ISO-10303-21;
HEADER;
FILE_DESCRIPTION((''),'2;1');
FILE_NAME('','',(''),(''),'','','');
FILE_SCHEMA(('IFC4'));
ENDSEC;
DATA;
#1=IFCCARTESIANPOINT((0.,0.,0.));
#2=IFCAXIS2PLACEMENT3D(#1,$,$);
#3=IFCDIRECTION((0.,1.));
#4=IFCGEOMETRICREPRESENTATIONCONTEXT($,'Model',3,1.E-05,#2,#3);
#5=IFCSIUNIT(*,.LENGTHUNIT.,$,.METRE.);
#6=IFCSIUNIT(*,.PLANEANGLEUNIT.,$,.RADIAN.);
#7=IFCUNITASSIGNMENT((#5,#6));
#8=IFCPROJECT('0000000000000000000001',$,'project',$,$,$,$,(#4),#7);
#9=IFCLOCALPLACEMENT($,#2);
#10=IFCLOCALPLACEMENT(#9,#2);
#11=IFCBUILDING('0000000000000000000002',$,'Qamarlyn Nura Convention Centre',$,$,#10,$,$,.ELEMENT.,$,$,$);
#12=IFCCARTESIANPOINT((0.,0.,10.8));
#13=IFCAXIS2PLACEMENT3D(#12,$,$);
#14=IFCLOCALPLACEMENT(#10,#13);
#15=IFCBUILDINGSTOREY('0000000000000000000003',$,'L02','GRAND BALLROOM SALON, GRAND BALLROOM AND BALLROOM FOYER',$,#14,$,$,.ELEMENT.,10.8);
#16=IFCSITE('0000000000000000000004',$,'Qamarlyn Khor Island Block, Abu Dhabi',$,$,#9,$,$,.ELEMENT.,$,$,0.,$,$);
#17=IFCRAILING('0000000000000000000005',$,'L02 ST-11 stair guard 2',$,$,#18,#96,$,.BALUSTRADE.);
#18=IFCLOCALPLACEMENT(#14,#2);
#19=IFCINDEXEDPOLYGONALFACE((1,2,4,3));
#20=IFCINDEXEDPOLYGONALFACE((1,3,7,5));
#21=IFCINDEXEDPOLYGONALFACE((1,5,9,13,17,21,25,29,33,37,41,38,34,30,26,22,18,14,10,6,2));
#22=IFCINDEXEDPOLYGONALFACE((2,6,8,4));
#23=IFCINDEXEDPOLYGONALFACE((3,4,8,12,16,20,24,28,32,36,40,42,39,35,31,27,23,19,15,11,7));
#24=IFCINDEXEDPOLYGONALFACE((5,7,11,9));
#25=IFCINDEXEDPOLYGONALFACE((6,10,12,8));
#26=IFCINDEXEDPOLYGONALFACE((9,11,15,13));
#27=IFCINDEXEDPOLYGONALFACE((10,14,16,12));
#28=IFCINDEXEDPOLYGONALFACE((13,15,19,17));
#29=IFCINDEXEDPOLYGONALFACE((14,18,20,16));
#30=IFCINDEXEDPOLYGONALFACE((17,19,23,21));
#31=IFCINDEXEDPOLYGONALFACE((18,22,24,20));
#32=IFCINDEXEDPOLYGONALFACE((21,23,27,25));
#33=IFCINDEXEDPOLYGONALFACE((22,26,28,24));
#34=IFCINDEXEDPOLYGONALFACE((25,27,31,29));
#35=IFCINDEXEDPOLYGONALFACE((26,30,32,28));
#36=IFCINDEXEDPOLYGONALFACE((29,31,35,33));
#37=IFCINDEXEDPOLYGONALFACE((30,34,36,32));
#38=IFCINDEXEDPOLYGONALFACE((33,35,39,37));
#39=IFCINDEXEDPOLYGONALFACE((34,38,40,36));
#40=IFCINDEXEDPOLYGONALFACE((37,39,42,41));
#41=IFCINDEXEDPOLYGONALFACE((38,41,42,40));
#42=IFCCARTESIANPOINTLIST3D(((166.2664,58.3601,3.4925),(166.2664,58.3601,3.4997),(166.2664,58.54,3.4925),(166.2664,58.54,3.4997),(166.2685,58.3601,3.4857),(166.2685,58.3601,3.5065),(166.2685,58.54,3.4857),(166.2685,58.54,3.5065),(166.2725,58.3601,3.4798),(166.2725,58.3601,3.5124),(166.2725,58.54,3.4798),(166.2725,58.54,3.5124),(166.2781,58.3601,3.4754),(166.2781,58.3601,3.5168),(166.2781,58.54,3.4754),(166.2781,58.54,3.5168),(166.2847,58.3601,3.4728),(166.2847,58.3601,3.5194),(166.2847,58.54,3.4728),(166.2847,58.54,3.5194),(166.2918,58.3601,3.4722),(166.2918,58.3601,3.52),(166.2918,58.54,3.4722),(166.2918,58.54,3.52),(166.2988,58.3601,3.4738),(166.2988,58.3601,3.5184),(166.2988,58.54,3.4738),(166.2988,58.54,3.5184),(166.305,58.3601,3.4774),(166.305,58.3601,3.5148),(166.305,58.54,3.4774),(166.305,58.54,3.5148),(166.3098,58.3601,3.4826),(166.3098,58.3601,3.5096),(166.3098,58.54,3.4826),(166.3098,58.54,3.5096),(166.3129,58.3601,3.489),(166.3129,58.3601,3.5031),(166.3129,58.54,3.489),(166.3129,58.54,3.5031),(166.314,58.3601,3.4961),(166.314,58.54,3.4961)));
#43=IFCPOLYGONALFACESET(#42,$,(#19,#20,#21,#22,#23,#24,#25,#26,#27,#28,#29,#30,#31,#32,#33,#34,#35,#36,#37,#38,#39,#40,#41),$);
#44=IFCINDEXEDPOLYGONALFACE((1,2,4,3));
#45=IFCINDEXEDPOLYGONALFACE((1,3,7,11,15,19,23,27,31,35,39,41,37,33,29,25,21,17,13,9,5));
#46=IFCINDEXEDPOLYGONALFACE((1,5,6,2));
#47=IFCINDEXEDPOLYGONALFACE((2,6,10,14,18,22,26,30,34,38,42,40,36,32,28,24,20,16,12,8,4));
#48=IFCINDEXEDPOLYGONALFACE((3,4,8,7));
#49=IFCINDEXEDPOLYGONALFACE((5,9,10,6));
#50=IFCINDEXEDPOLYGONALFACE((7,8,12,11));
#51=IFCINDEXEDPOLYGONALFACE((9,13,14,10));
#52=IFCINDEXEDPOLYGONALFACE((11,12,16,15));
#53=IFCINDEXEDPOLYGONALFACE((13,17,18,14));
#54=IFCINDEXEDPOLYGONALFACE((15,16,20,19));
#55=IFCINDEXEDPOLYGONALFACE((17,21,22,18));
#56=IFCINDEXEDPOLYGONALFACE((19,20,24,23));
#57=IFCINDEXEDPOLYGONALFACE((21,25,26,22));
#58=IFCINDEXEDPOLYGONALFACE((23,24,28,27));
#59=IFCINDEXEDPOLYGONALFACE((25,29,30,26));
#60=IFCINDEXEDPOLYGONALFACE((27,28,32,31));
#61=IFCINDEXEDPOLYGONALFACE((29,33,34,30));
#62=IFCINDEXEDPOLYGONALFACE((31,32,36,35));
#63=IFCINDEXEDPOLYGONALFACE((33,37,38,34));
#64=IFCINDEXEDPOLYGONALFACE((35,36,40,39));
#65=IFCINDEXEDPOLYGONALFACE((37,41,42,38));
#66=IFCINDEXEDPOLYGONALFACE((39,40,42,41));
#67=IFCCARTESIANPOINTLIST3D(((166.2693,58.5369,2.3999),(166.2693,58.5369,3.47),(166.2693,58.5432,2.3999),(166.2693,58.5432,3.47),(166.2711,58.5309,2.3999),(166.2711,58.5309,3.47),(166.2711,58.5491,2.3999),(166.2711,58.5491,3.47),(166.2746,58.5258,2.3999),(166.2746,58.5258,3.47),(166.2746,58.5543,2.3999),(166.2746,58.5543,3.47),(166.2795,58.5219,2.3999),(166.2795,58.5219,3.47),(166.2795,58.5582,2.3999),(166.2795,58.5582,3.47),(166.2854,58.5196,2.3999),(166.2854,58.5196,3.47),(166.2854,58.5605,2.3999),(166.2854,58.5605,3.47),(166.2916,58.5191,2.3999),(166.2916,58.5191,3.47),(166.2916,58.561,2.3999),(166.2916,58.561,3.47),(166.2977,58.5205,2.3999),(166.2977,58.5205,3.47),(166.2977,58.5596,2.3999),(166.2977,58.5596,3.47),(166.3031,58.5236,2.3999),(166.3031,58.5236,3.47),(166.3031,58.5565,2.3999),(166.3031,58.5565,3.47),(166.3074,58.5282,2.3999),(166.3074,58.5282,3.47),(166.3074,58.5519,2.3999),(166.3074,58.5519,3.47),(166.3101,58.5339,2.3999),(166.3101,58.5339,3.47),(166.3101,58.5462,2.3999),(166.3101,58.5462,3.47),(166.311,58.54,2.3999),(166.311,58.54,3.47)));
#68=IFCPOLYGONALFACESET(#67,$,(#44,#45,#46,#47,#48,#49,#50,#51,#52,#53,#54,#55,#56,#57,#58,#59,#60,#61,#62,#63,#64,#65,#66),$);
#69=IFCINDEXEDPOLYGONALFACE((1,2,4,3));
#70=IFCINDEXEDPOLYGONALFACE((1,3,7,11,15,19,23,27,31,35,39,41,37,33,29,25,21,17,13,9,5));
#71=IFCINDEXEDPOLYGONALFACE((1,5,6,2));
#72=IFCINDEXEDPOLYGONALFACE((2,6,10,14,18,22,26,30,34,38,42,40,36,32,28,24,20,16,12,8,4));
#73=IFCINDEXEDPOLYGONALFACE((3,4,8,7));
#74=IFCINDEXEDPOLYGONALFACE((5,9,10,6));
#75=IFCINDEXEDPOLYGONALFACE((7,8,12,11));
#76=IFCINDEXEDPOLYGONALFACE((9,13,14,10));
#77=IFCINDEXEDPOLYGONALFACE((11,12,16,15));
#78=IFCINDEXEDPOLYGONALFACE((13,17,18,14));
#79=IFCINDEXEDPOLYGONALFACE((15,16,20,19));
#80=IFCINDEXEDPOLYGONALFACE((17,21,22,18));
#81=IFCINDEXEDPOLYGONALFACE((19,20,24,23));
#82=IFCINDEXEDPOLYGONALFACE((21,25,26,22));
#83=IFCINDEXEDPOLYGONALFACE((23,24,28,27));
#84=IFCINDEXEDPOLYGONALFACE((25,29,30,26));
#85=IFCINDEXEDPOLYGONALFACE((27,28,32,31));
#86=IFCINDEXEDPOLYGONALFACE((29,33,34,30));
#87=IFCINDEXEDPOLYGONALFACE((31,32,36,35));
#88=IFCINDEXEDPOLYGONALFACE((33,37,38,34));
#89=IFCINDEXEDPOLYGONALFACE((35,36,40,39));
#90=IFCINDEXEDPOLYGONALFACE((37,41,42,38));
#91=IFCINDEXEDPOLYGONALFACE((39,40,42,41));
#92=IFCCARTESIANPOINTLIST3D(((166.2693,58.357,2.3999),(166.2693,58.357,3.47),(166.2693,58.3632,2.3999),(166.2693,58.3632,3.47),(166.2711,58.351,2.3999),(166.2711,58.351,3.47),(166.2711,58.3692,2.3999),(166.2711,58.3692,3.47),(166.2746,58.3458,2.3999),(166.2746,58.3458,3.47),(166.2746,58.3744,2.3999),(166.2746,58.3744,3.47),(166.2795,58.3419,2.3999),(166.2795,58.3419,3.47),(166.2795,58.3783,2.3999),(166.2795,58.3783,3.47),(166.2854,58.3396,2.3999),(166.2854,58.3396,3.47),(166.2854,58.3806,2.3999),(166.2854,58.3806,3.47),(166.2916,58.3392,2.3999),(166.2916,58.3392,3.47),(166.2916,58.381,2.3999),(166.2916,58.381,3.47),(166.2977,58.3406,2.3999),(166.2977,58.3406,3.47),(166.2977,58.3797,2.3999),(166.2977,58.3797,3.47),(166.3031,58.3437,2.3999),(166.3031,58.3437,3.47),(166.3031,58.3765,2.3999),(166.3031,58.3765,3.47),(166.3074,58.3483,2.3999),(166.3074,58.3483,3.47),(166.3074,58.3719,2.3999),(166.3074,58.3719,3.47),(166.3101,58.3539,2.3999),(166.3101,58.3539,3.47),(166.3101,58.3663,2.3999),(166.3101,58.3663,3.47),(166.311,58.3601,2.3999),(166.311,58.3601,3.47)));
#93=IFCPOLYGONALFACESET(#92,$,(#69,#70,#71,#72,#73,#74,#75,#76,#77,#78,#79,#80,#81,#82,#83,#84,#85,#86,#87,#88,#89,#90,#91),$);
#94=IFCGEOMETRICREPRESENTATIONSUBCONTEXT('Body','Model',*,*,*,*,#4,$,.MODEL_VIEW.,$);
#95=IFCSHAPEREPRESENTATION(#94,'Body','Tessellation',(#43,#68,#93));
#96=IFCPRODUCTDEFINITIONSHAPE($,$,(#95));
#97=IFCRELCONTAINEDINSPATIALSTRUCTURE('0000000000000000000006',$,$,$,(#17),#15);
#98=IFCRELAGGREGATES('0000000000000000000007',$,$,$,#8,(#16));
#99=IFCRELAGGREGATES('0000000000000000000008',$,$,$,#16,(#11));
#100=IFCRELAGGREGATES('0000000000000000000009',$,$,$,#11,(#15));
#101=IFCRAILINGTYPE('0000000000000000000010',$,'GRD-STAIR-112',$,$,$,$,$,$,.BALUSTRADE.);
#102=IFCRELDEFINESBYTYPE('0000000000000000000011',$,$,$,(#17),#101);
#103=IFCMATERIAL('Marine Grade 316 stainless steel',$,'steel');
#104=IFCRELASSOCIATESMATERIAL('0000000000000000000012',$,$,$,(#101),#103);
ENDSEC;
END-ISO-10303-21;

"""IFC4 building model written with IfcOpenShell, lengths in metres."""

from ifc_helpers import new_model, si_unit, direction, frame, origin, origin_2d, place, context, subcontext, project, spatial, circle, extrude, material, type_object, element, save


model = new_model("IFC4")

# Units and contexts
model_context = context("Model", 3, precision=1e-05, world=origin(), true_north=direction((0.0, 1.0)))
body_context = subcontext(model_context, "Body", "Model", "MODEL_VIEW")
ifc_project = project(units=[si_unit("LENGTHUNIT", "METRE"), si_unit("PLANEANGLEUNIT", "RADIAN")], contexts=[model_context])

# Site, building, storey
site_placement = place(None, origin())
site = spatial("IfcSite", under=ifc_project, at=site_placement, Name="Qamarlyn Khor Island Block, Abu Dhabi", CompositionType="ELEMENT", RefElevation=0.0)
building_placement = place(site_placement, origin())
building = spatial("IfcBuilding", under=site, at=building_placement, Name="Qamarlyn Nura Convention Centre", CompositionType="ELEMENT")
storey_placement = place(building_placement, frame((0.0, 0.0, 10.8)))
storey = spatial("IfcBuildingStorey", under=building, at=storey_placement, Name="L02", Description="GRAND BALLROOM SALON, GRAND BALLROOM AND BALLROOM FOYER", CompositionType="ELEMENT", Elevation=10.8)

# Railing
ifc_material_1 = material(Name="Marine Grade 316 stainless steel", Category="steel")
railing_type_1 = type_object("IfcRailingType", Name="GRD-STAIR-112", PredefinedType="BALUSTRADE", material=ifc_material_1)
railing_1_placement = place(storey_placement, frame((166.29, 58.54, 2.3999)))
element("IfcRailing", 1, at=railing_1_placement, inside=storey, type_object=railing_type_1, Name="L02 ST-11 stair guard 2", PredefinedType="BALUSTRADE", context=body_context, shape_type="SweptSolid", body=[
    extrude(circle(Radius=0.0239, at=origin_2d()), frame((0.0, 0.0, 1.0962), z_axis=(0.0, -1.0, 0.0), x_axis=(1.0, 0.0, 0.0)), (0.0, 0.0, 1.0), 0.1799),
    extrude(circle(Radius=0.021, at=origin_2d()), origin(), (0.0, 0.0, 1.0), 1.0701),
    extrude(circle(Radius=0.021, at=origin_2d()), frame((0.0, -0.1799, 0.0)), (0.0, 0.0, 1.0), 1.0701),
])

save(model, "model.ifc")
